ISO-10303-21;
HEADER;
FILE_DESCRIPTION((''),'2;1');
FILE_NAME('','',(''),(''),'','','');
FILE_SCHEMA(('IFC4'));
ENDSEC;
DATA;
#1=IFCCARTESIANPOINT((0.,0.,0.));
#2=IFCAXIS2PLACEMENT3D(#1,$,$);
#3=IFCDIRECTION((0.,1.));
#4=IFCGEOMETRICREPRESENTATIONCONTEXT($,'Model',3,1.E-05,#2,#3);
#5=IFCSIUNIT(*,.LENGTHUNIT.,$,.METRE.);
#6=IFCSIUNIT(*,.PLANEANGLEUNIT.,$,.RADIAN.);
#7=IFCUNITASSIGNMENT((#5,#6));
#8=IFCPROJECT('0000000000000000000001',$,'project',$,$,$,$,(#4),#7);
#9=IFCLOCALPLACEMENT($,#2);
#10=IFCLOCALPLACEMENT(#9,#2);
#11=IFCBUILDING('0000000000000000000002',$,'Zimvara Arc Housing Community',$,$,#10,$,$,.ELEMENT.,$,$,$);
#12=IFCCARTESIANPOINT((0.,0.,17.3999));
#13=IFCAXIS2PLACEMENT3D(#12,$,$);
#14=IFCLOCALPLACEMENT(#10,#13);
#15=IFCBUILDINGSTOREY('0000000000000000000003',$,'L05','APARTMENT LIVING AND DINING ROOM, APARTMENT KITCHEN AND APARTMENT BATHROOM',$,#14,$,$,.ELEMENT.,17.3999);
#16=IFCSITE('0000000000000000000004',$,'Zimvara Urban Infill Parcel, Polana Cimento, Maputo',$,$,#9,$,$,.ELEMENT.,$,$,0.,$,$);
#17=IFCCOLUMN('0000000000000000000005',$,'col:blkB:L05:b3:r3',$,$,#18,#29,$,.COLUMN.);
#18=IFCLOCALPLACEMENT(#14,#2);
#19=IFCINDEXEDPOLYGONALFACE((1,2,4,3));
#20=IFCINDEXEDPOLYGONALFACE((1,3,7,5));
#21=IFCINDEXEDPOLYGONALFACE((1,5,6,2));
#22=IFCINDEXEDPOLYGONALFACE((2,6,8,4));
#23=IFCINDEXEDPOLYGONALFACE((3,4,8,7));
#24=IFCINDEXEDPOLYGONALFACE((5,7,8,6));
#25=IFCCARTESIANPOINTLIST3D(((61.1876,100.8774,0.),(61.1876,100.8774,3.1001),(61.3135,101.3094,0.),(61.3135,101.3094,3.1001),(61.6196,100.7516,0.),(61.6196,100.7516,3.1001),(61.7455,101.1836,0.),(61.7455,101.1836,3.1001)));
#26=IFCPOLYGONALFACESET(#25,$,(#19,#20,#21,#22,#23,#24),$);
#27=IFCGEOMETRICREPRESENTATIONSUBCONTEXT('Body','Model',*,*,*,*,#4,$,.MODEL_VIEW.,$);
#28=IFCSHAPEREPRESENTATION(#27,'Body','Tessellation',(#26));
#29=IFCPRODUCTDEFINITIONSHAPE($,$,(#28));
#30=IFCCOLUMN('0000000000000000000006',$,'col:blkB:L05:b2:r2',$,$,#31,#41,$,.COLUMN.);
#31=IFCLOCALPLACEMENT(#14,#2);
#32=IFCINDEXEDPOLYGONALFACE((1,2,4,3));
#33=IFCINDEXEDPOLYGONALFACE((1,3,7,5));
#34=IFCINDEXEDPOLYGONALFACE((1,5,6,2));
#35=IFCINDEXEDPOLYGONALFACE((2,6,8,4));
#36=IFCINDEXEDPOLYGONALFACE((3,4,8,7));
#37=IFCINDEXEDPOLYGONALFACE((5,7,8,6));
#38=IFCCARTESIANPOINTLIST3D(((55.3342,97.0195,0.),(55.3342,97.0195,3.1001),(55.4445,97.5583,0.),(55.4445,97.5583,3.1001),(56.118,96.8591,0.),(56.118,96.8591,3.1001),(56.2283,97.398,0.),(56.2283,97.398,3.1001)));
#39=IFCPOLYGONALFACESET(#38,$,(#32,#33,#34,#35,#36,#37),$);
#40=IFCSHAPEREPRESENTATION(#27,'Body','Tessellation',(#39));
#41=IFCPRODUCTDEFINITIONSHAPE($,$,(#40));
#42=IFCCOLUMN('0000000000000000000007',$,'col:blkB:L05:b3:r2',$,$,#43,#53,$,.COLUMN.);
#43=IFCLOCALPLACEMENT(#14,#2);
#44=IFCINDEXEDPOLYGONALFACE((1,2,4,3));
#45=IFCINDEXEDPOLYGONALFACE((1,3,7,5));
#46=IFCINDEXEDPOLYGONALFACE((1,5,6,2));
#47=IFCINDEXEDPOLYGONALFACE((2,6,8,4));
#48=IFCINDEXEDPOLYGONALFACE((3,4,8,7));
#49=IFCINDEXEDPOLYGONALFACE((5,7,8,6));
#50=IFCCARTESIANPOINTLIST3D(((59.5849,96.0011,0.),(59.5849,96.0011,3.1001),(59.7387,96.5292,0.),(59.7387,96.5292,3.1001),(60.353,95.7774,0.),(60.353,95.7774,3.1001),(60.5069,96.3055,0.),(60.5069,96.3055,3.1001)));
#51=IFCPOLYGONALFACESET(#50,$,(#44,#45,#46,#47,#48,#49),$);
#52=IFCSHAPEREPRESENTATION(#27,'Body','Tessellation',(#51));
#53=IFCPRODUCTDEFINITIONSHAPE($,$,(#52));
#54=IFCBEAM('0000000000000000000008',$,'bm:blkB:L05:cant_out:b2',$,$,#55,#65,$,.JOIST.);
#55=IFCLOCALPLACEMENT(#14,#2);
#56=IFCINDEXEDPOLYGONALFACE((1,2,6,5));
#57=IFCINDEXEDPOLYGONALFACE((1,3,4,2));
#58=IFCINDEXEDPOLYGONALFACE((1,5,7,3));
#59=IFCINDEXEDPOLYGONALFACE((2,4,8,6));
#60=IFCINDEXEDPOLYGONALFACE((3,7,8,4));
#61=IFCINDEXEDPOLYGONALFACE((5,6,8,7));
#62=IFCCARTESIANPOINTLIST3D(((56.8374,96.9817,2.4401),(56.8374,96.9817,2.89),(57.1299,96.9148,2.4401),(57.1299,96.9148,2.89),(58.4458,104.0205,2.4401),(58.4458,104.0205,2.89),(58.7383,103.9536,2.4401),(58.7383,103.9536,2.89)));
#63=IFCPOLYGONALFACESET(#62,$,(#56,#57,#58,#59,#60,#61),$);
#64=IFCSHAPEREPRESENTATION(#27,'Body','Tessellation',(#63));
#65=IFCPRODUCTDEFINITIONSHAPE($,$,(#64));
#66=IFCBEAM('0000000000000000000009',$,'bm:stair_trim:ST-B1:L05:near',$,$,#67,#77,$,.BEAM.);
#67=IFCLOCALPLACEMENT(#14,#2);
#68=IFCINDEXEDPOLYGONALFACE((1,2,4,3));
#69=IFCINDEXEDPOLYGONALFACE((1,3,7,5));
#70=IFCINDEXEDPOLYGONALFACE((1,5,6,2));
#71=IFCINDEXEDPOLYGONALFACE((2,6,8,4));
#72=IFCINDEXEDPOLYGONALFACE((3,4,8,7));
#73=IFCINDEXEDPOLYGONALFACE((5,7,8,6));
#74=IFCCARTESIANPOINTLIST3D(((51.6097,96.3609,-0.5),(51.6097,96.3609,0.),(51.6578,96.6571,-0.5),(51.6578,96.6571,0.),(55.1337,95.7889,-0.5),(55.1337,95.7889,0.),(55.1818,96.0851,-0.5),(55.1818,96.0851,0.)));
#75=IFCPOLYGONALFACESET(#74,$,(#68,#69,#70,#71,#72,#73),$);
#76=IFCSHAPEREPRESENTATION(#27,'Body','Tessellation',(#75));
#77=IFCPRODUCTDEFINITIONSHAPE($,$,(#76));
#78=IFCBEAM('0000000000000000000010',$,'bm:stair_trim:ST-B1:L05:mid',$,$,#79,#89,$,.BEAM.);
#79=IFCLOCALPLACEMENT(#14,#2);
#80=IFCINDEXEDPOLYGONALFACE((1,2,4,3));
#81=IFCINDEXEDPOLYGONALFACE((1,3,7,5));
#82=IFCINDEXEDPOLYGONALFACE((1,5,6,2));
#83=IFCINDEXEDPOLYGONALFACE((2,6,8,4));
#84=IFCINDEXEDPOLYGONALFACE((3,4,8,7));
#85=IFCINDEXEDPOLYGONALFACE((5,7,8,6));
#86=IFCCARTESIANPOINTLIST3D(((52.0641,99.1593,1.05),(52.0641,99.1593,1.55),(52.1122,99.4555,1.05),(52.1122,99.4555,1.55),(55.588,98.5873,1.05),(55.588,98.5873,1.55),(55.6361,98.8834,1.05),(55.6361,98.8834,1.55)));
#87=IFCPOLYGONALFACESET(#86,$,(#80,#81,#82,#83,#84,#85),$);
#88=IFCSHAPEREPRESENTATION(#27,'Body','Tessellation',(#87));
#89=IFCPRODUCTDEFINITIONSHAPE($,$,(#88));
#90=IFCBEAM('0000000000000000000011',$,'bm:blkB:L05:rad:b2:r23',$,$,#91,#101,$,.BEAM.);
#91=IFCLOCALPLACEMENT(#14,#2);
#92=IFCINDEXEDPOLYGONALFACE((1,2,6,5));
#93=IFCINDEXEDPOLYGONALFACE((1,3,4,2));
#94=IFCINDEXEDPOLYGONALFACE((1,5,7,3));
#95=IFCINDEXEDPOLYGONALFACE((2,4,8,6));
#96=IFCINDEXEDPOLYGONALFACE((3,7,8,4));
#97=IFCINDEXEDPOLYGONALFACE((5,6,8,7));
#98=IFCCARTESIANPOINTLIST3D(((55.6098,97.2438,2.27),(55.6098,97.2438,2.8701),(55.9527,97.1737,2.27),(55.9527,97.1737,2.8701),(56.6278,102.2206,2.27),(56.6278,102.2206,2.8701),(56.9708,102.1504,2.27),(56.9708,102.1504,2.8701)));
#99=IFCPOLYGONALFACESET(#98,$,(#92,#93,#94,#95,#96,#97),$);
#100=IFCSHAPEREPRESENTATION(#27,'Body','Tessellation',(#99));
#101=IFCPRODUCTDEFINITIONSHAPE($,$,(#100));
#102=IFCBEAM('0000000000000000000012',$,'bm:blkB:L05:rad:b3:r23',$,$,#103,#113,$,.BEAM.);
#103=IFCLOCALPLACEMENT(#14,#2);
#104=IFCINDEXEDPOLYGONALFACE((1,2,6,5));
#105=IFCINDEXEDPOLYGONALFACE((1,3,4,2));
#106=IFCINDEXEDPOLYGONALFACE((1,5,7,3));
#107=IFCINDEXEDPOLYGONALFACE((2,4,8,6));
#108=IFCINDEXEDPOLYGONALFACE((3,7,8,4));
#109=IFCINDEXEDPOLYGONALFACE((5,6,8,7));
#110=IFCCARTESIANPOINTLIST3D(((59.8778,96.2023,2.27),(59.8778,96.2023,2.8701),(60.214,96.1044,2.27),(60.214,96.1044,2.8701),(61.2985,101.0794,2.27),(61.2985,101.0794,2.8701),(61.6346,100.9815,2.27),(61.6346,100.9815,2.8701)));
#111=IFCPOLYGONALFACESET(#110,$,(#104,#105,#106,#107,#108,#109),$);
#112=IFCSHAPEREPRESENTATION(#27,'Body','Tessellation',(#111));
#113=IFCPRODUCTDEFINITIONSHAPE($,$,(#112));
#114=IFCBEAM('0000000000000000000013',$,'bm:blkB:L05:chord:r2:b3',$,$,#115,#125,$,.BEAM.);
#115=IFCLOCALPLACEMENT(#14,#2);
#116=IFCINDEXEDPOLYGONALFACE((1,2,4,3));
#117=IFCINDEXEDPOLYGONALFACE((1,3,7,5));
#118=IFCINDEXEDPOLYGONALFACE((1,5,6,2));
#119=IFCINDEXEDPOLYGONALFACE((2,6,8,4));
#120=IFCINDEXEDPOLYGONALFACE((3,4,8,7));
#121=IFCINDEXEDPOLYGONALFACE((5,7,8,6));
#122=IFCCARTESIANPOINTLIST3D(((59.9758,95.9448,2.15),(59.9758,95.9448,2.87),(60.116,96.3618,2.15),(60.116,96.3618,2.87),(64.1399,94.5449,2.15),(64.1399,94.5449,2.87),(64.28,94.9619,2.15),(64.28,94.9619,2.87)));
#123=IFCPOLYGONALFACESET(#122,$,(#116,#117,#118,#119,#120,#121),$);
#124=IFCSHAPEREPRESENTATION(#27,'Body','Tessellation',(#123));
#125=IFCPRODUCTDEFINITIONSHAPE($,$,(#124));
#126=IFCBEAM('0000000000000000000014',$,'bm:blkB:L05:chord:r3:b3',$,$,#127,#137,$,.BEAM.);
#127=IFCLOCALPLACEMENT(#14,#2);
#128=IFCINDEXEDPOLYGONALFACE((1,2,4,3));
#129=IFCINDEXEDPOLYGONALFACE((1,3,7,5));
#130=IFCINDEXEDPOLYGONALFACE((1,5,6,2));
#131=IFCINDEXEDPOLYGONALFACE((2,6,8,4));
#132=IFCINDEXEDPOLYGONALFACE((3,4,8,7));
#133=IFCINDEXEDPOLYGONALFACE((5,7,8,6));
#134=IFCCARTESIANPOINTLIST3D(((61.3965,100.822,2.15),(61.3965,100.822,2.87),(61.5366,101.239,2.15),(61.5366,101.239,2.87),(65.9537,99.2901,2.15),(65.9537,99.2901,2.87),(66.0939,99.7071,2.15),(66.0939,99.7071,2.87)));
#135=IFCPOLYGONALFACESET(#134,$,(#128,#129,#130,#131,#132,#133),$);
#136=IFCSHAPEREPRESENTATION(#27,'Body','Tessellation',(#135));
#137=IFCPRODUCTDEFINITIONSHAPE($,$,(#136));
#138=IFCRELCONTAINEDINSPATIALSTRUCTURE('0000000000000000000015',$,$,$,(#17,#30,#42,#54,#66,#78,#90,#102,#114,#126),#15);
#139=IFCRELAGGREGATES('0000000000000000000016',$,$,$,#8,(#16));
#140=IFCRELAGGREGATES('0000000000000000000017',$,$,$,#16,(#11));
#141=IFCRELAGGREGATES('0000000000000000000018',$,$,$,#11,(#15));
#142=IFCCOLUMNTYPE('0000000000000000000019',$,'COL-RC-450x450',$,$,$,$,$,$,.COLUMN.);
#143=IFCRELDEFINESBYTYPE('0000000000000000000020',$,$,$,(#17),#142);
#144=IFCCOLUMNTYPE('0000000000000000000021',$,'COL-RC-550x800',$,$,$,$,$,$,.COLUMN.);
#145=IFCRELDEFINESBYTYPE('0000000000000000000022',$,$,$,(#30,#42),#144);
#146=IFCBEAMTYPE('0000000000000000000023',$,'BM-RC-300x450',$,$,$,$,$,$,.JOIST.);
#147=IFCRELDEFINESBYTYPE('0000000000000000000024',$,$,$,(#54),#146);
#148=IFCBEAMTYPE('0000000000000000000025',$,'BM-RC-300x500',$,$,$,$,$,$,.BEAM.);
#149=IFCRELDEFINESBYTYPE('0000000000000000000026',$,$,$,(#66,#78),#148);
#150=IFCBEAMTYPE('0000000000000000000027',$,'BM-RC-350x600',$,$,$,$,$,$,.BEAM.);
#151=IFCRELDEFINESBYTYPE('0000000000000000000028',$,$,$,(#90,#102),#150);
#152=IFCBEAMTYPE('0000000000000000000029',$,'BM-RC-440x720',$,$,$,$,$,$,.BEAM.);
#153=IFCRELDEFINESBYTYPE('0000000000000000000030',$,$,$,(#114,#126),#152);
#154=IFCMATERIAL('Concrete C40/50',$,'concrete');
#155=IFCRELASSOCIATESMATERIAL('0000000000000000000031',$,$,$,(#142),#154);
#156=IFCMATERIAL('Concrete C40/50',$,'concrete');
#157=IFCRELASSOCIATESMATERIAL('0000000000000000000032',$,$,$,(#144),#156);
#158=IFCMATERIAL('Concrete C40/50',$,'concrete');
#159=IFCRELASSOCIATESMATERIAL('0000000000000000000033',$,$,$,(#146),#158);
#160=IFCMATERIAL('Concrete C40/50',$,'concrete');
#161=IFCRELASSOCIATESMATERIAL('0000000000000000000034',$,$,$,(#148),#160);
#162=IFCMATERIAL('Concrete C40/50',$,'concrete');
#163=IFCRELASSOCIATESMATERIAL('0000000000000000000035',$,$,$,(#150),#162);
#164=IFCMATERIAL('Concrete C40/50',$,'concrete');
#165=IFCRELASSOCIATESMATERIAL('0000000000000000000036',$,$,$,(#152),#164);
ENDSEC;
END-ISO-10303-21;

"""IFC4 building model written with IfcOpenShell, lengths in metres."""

from ifc_helpers import new_model, si_unit, direction, frame, origin, origin_2d, place, context, subcontext, project, spatial, rectangle, extrude, material, material_profile, profile_set, type_object, element, save


model = new_model("IFC4")

# Units and contexts
model_context = context("Model", 3, precision=1e-05, world=origin(), true_north=direction((0.0, 1.0)))
body_context = subcontext(model_context, "Body", "Model", "MODEL_VIEW")
ifc_project = project(units=[si_unit("LENGTHUNIT", "METRE"), si_unit("PLANEANGLEUNIT", "RADIAN")], contexts=[model_context])

# Site, building, storey
site_placement = place(None, origin())
site = spatial("IfcSite", under=ifc_project, at=site_placement, Name="Zimvara Urban Infill Parcel, Polana Cimento, Maputo", CompositionType="ELEMENT", RefElevation=0.0)
building_placement = place(site_placement, origin())
building = spatial("IfcBuilding", under=site, at=building_placement, Name="Zimvara Arc Housing Community", CompositionType="ELEMENT")
storey_placement = place(building_placement, frame((0.0, 0.0, 17.3999)))
storey = spatial("IfcBuildingStorey", under=building, at=storey_placement, Name="L05", Description="APARTMENT LIVING AND DINING ROOM, APARTMENT KITCHEN AND APARTMENT BATHROOM", CompositionType="ELEMENT", Elevation=17.3999)

# Columns
ifc_material_1 = material(Name="Concrete C40/50", Category="concrete")
ifc_material_profile_1 = material_profile(ifc_material_1, rectangle(XDim=0.45, YDim=0.45, at=origin_2d()), Name="RC 450x450")
ifc_profile_set_1 = profile_set([ifc_material_profile_1], Name="Concrete C40/50")
column_type_1 = type_object("IfcColumnType", Name="COL-RC-450x450", PredefinedType="COLUMN", material=ifc_profile_set_1)
column_placement = place(storey_placement, frame((61.4666, 101.0305, 0.0), z_axis=(0.0, 0.0, 1.0), x_axis=(0.279661, 0.960099, 0.0)))
element("IfcColumn", 1, at=column_placement, inside=storey, type_object=column_type_1, Name="col:blkB:L05:b3:r3", PredefinedType="COLUMN", context=body_context, shape_type="SweptSolid", body=[
    extrude(rectangle(XDim=0.45, YDim=0.45, at=origin_2d()), origin(), (0.0, 0.0, 1.0), 3.1001),
])
ifc_material_2 = material(Name="Concrete C40/50", Category="concrete")
ifc_material_profile_2 = material_profile(ifc_material_2, rectangle(XDim=0.55, YDim=0.8, at=origin_2d()), Name="RC 550x800")
ifc_profile_set_2 = profile_set([ifc_material_profile_2], Name="Concrete C40/50")
column_type_2 = type_object("IfcColumnType", Name="COL-RC-550x800", PredefinedType="COLUMN", material=ifc_profile_set_2)
for number, where, z_axis, x_axis, name in (
    (2, (55.7812, 97.2087, 0.0), (0.0, 0.0, 1.0), (0.200394, 0.979715, 0.0), "col:blkB:L05:b2:r2"),
    (3, (60.0459, 96.1533, 0.0), (0.0, 0.0, 1.0), (0.279661, 0.960099, 0.0), "col:blkB:L05:b3:r2"),
):
    element("IfcColumn", number, at=place(storey_placement, frame(where, z_axis=z_axis, x_axis=x_axis)), inside=storey, type_object=column_type_2, Name=name, PredefinedType="COLUMN", context=body_context, shape_type="SweptSolid", body=[
        extrude(rectangle(XDim=0.55, YDim=0.8, at=origin_2d()), origin(), (0.0, 0.0, 1.0), 3.1001),
    ])

# Beams
ifc_material_3 = material(Name="Concrete C40/50", Category="concrete")
ifc_material_profile_3 = material_profile(ifc_material_3, rectangle(XDim=0.3, YDim=0.45, at=origin_2d()), Name="RC 300x450")
ifc_profile_set_3 = profile_set([ifc_material_profile_3], Name="Concrete C40/50")
beam_type_1 = type_object("IfcBeamType", Name="BM-RC-300x450", PredefinedType="JOIST", material=ifc_profile_set_3)
beam_1_placement = place(storey_placement, frame((56.9836, 96.9482, 2.665), z_axis=(0.222762, 0.974873, 0.0), x_axis=(-0.974873, 0.222762, 0.0)))
element("IfcBeam", 4, at=beam_1_placement, inside=storey, type_object=beam_type_1, Name="bm:blkB:L05:cant_out:b2", PredefinedType="JOIST", context=body_context, shape_type="SweptSolid", body=[
    extrude(rectangle(XDim=0.3, YDim=0.45, at=origin_2d()), origin(), (0.0, 0.0, 1.0), 7.2202),
])
ifc_material_4 = material(Name="Concrete C40/50", Category="concrete")
ifc_material_profile_4 = material_profile(ifc_material_4, rectangle(XDim=0.3, YDim=0.5, at=origin_2d()), Name="RC 300x500")
ifc_profile_set_4 = profile_set([ifc_material_profile_4], Name="Concrete C40/50")
beam_type_2 = type_object("IfcBeamType", Name="BM-RC-300x500", PredefinedType="BEAM", material=ifc_profile_set_4)
for number, where, z_axis, x_axis, name in (
    (5, (55.1577, 95.937, -0.25), (-0.98708, 0.160228, 0.0), (-0.160228, -0.98708, 0.0), "bm:stair_trim:ST-B1:L05:near"),
    (6, (55.6121, 98.7354, 1.3), (-0.98708, 0.160228, 0.0), (-0.160228, -0.98708, 0.0), "bm:stair_trim:ST-B1:L05:mid"),
):
    element("IfcBeam", number, at=place(storey_placement, frame(where, z_axis=z_axis, x_axis=x_axis)), inside=storey, type_object=beam_type_2, Name=name, PredefinedType="BEAM", context=body_context, shape_type="SweptSolid", body=[
        extrude(rectangle(XDim=0.3, YDim=0.5, at=origin_2d()), origin(), (0.0, 0.0, 1.0), 3.5701),
    ])
ifc_material_5 = material(Name="Concrete C40/50", Category="concrete")
ifc_material_profile_5 = material_profile(ifc_material_5, rectangle(XDim=0.3501, YDim=0.6001, at=origin_2d()), Name="RC 350x600")
ifc_profile_set_5 = profile_set([ifc_material_profile_5], Name="Concrete C40/50")
beam_type_3 = type_object("IfcBeamType", Name="BM-RC-350x600", PredefinedType="BEAM", material=ifc_profile_set_5)
for number, where, z_axis, x_axis, name in (
    (7, (55.7812, 97.2087, 2.5701), (0.200412, 0.979712, 0.0), (-0.979712, 0.200412, 0.0), "bm:blkB:L05:rad:b2:r23"),
    (8, (60.0459, 96.1533, 2.5701), (0.279662, 0.960098, 0.0), (-0.960098, 0.279662, 0.0), "bm:blkB:L05:rad:b3:r23"),
):
    element("IfcBeam", number, at=place(storey_placement, frame(where, z_axis=z_axis, x_axis=x_axis)), inside=storey, type_object=beam_type_3, Name=name, PredefinedType="BEAM", context=body_context, shape_type="SweptSolid", body=[
        extrude(rectangle(XDim=0.3501, YDim=0.6001, at=origin_2d()), origin(), (0.0, 0.0, 1.0), 5.0798),
    ])
ifc_material_6 = material(Name="Concrete C40/50", Category="concrete")
ifc_material_profile_6 = material_profile(ifc_material_6, rectangle(XDim=0.4399, YDim=0.72, at=origin_2d()), Name="RC 440x720")
ifc_profile_set_6 = profile_set([ifc_material_profile_6], Name="Concrete C40/50")
beam_type_4 = type_object("IfcBeamType", Name="BM-RC-440x720", PredefinedType="BEAM", material=ifc_profile_set_6)
beam_2_placement = place(storey_placement, frame((60.0459, 96.1533, 2.51), z_axis=(0.947869, -0.318661, 0.0), x_axis=(0.318661, 0.947869, 0.0)))
element("IfcBeam", 9, at=beam_2_placement, inside=storey, type_object=beam_type_4, Name="bm:blkB:L05:chord:r2:b3", PredefinedType="BEAM", context=body_context, shape_type="SweptSolid", body=[
    extrude(rectangle(XDim=0.4399, YDim=0.72, at=origin_2d()), origin(), (0.0, 0.0, 1.0), 4.3931),
])
beam_3_placement = place(storey_placement, frame((61.4666, 101.0305, 2.51), z_axis=(0.947878, -0.318634, 0.0), x_axis=(0.318634, 0.947878, 0.0)))
element("IfcBeam", 10, at=beam_3_placement, inside=storey, type_object=beam_type_4, Name="bm:blkB:L05:chord:r3:b3", PredefinedType="BEAM", context=body_context, shape_type="SweptSolid", body=[
    extrude(rectangle(XDim=0.4399, YDim=0.72, at=origin_2d()), origin(), (0.0, 0.0, 1.0), 4.8079),
])

save(model, "model.ifc")
